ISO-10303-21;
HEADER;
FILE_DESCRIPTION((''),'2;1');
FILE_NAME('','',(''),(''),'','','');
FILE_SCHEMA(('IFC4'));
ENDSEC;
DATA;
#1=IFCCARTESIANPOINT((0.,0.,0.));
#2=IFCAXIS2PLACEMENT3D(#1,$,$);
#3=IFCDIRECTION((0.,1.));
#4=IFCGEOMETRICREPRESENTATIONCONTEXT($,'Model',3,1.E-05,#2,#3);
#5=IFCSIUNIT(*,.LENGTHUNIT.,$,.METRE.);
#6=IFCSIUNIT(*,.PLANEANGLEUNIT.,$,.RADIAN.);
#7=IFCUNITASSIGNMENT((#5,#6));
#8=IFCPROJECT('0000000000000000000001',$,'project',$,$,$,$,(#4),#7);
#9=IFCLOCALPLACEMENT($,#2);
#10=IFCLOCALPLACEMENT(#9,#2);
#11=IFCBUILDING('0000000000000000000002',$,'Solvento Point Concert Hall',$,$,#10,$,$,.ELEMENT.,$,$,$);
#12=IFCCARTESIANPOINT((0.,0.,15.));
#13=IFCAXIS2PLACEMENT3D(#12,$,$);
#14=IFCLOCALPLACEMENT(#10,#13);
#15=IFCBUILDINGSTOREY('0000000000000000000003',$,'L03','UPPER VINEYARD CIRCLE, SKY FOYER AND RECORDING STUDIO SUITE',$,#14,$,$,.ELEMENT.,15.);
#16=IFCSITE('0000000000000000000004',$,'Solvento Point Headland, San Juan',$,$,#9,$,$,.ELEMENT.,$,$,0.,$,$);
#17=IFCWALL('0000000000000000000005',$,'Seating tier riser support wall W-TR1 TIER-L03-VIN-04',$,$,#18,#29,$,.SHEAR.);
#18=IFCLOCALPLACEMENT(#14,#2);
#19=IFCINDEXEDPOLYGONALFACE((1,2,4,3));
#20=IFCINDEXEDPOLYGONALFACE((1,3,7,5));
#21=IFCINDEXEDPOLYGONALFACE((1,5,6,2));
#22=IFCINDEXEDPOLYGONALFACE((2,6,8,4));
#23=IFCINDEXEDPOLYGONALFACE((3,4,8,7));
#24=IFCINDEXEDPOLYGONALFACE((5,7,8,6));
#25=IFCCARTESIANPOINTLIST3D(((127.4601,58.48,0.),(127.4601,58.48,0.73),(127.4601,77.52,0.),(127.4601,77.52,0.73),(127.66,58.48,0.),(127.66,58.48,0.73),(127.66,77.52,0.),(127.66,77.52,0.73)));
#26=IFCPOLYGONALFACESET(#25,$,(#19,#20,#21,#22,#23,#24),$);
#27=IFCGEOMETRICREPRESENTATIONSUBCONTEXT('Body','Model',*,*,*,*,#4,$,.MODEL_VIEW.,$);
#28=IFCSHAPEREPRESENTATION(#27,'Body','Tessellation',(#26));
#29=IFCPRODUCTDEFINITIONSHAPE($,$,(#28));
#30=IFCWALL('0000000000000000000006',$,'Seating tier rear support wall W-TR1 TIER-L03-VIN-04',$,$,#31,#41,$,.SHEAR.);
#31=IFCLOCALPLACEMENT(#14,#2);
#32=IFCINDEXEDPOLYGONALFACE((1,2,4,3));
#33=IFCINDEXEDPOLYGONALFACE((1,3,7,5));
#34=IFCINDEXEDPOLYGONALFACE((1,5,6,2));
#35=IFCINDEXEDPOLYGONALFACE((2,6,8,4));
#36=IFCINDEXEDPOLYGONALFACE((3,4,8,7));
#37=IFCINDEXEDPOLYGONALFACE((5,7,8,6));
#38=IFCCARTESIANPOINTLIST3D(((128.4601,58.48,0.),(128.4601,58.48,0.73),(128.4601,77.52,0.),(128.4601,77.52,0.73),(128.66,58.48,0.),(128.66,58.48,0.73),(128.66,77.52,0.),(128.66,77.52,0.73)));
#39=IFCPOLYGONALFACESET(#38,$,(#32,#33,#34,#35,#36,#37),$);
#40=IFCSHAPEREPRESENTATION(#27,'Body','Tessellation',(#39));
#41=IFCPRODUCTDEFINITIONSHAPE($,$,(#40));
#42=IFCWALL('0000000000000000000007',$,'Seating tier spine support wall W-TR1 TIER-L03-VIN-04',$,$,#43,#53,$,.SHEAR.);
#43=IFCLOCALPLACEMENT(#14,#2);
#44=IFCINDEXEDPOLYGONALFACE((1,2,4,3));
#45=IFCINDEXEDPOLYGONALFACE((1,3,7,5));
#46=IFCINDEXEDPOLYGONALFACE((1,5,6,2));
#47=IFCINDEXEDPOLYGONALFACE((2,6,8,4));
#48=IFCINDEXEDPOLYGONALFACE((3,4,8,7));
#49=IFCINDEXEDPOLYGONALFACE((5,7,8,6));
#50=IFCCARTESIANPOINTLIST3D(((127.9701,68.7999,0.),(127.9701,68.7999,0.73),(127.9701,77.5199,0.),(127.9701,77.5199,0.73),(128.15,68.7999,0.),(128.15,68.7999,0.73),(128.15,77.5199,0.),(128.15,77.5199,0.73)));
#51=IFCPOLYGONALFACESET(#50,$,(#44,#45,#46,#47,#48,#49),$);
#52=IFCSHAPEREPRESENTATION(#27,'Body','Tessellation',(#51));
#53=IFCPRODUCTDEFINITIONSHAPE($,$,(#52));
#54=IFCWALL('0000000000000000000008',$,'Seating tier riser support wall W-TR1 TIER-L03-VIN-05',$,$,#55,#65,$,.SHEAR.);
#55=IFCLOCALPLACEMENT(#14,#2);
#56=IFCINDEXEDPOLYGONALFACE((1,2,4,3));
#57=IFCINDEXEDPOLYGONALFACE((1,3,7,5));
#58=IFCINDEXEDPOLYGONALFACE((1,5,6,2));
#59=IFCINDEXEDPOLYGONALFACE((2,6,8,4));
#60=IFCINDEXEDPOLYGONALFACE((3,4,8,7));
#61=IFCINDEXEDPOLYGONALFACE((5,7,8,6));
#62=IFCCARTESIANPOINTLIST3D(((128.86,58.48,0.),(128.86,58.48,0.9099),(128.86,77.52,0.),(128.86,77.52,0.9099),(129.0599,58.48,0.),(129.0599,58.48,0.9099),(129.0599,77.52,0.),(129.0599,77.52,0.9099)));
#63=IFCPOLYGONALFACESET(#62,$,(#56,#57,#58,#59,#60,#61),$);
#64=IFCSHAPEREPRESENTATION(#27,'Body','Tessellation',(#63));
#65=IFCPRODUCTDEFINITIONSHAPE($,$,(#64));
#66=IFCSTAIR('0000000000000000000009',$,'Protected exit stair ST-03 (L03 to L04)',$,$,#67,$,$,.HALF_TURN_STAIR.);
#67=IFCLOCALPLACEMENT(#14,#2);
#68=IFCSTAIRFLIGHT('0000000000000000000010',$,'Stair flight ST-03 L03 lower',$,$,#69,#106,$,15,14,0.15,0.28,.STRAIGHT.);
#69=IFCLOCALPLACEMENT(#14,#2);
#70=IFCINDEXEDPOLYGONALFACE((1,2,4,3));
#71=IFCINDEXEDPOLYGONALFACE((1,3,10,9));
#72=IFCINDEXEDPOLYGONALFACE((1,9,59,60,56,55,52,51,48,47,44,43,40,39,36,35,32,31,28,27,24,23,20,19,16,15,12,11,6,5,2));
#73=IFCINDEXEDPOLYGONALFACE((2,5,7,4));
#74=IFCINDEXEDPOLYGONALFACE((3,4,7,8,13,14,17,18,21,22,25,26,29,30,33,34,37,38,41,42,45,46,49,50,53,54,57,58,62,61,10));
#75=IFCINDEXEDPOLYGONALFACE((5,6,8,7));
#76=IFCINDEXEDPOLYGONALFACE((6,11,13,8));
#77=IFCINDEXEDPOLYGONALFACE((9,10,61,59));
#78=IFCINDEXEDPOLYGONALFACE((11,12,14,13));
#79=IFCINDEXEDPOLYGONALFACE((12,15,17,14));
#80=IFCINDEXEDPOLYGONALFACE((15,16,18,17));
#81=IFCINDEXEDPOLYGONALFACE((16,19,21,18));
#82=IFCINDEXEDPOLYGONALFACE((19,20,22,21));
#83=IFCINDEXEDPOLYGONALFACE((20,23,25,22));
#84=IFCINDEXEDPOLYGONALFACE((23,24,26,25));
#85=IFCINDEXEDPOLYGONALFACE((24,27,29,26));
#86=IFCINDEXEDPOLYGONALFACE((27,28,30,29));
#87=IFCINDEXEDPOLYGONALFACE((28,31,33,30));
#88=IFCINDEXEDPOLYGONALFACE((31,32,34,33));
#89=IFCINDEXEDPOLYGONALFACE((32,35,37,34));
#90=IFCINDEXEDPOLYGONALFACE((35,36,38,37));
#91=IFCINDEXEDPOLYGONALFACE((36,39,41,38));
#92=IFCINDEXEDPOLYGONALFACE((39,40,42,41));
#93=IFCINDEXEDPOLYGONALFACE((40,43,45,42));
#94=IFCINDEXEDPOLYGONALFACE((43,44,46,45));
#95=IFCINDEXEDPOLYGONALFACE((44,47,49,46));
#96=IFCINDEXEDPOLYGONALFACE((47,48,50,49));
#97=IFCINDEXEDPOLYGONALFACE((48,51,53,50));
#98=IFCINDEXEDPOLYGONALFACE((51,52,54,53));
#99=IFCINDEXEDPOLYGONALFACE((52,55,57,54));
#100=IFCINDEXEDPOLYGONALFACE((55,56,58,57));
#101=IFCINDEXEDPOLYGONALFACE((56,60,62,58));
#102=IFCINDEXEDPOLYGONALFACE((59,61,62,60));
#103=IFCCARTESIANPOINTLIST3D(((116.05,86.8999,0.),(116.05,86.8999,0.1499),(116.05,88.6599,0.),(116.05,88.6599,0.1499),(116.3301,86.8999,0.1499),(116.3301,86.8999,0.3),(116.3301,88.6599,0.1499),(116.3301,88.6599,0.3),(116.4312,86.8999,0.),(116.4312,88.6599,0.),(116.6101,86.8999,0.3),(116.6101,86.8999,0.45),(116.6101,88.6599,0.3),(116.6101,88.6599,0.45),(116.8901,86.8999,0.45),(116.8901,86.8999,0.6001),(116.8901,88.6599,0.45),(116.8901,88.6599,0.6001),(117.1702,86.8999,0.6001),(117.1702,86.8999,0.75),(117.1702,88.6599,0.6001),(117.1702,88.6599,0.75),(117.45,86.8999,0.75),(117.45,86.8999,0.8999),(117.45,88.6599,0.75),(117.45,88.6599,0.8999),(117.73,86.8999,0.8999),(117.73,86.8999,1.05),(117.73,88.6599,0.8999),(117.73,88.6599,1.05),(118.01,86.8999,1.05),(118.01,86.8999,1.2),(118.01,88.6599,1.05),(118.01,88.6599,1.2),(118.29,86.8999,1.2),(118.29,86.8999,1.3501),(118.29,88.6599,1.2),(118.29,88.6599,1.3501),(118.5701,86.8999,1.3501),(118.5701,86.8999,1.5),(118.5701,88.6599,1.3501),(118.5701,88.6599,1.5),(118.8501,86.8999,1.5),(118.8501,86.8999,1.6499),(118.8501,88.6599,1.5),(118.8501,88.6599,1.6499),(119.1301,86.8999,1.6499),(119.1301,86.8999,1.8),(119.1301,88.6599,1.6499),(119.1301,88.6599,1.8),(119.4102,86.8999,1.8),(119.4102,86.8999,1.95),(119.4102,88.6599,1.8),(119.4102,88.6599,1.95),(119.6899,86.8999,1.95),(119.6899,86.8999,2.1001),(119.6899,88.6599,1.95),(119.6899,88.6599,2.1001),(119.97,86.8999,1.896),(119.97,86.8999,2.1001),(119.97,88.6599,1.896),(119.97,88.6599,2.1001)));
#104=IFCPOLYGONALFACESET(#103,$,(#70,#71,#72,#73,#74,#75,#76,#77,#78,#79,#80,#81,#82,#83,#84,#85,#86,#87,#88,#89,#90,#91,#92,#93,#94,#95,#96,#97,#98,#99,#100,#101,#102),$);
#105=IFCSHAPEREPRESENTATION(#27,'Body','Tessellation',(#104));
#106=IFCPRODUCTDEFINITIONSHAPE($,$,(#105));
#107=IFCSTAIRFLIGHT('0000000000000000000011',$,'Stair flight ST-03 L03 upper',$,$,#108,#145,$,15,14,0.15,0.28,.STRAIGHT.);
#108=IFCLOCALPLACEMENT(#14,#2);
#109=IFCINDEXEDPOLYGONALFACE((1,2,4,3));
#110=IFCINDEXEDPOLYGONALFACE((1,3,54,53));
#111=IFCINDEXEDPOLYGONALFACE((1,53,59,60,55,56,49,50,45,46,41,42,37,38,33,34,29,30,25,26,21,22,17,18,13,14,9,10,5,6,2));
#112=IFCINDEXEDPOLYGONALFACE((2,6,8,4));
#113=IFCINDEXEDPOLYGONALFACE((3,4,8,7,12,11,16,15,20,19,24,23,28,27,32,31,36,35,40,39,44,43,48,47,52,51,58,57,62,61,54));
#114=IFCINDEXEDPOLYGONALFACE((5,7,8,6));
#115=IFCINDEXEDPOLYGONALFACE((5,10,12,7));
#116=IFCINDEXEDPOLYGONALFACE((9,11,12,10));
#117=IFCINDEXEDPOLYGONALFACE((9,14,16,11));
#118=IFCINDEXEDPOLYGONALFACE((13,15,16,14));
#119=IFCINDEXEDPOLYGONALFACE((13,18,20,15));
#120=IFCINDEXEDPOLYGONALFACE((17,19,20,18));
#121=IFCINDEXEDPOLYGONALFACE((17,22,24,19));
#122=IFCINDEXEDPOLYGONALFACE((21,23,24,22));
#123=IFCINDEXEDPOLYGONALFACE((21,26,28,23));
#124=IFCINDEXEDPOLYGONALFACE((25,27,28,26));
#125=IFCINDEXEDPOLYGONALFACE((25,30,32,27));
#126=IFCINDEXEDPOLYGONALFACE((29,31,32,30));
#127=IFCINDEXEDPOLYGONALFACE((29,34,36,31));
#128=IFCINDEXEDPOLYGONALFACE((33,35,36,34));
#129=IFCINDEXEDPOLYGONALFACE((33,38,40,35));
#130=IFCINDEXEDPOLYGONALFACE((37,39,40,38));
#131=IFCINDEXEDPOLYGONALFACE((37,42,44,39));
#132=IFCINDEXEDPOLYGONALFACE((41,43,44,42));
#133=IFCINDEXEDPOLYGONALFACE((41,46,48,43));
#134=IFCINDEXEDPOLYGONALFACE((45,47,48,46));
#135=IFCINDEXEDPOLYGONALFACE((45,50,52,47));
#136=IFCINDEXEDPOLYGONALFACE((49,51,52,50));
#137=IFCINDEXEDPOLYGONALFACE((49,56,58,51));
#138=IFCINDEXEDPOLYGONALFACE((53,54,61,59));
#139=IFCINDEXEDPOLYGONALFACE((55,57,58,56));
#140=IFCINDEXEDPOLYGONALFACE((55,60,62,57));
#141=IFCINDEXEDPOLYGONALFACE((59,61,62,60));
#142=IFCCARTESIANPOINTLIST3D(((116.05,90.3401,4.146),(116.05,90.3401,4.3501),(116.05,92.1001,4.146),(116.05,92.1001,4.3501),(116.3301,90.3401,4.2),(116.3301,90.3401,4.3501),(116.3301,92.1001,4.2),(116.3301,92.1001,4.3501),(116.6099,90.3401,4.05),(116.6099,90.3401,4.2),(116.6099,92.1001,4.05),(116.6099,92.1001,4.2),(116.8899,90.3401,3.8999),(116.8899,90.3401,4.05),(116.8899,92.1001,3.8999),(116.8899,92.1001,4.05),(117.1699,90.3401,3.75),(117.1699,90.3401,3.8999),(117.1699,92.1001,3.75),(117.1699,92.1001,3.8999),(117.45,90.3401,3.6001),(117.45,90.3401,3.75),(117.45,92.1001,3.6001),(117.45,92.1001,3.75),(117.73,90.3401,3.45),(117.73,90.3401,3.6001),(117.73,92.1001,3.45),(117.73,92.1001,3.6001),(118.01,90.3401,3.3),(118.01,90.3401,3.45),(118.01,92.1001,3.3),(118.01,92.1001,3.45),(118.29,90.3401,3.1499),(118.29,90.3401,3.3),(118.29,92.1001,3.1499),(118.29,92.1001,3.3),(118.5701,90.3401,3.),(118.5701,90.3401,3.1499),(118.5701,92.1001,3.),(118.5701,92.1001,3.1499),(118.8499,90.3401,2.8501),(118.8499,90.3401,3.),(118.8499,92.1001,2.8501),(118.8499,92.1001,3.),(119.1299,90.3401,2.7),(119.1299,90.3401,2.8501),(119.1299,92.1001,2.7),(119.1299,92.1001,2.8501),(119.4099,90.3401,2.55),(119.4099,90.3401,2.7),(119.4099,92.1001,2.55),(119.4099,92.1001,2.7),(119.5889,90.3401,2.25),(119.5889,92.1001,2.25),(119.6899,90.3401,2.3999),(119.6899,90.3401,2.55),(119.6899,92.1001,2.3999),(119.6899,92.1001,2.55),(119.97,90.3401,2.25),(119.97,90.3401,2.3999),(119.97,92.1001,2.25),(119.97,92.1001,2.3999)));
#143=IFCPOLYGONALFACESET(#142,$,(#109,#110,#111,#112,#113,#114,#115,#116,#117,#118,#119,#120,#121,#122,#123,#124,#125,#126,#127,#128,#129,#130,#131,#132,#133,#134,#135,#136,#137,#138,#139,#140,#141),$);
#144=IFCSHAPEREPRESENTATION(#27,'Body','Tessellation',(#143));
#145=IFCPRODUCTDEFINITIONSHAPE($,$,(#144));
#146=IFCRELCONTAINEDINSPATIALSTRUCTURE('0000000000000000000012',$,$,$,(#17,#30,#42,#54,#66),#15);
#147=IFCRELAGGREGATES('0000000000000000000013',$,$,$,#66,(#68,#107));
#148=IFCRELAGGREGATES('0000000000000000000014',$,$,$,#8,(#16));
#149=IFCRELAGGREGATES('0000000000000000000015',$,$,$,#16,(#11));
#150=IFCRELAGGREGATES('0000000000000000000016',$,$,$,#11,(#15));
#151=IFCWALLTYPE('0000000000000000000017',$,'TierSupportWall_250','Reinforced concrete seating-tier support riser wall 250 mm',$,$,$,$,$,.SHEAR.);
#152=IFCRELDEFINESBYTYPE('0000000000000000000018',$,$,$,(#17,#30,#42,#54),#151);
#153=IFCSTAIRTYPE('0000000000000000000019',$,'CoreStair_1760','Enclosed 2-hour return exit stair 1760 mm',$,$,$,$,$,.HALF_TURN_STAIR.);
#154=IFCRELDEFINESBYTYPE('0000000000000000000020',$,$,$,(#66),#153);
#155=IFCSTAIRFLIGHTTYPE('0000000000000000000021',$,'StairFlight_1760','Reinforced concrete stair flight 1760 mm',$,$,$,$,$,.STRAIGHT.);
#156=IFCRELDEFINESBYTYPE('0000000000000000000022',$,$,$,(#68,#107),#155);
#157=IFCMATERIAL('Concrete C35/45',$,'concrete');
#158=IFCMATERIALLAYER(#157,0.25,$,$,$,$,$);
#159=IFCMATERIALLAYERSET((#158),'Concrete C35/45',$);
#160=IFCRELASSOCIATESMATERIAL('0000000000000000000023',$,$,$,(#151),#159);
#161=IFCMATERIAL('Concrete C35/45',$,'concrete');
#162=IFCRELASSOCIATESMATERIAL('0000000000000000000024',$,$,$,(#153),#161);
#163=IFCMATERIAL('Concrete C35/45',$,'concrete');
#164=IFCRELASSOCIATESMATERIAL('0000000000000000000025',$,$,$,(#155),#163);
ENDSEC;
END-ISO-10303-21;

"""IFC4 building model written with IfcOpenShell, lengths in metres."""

from ifc_helpers import new_model, si_unit, direction, frame, frame_2d, origin, place, context, subcontext, project, spatial, polyline, rectangle, outline, extrude, material, layer, layer_set, type_object, element, aggregate, save


model = new_model("IFC4")

# Units and contexts
model_context = context("Model", 3, precision=1e-05, world=origin(), true_north=direction((0.0, 1.0)))
body_context = subcontext(model_context, "Body", "Model", "MODEL_VIEW")
ifc_project = project(units=[si_unit("LENGTHUNIT", "METRE"), si_unit("PLANEANGLEUNIT", "RADIAN")], contexts=[model_context])

# Site, building, storey
site_placement = place(None, origin())
site = spatial("IfcSite", under=ifc_project, at=site_placement, Name="Solvento Point Headland, San Juan", CompositionType="ELEMENT", RefElevation=0.0)
building_placement = place(site_placement, origin())
building = spatial("IfcBuilding", under=site, at=building_placement, Name="Solvento Point Concert Hall", CompositionType="ELEMENT")
storey_placement = place(building_placement, frame((0.0, 0.0, 15.0)))
storey = spatial("IfcBuildingStorey", under=building, at=storey_placement, Name="L03", Description="UPPER VINEYARD CIRCLE, SKY FOYER AND RECORDING STUDIO SUITE", CompositionType="ELEMENT", Elevation=15.0)

# Walls
ifc_material_1 = material(Name="Concrete C35/45", Category="concrete")
ifc_layer_1 = layer(ifc_material_1, 0.25)
ifc_layer_set_1 = layer_set([ifc_layer_1], Name="Concrete C35/45")
wall_type_1 = type_object("IfcWallType", Name="TierSupportWall_250", Description="Reinforced concrete seating-tier support riser wall 250 mm", PredefinedType="SHEAR", material=ifc_layer_set_1)
for number, where, z_axis, x_axis, name in (
    (1, (127.5601, 58.48, 0.0), (0.0, 0.0, 1.0), (0.0, 1.0, 0.0), "Seating tier riser support wall W-TR1 TIER-L03-VIN-04"),
    (2, (128.5601, 58.48, 0.0), (0.0, 0.0, 1.0), (0.0, 1.0, 0.0), "Seating tier rear support wall W-TR1 TIER-L03-VIN-04"),
):
    element("IfcWall", number, at=place(storey_placement, frame(where, z_axis=z_axis, x_axis=x_axis)), inside=storey, type_object=wall_type_1, Name=name, PredefinedType="SHEAR", context=body_context, shape_type="SweptSolid", body=[
        extrude(rectangle(XDim=19.04, YDim=0.2, at=frame_2d((9.52, 0.0))), origin(), (0.0, 0.0, 1.0), 0.73),
    ])
wall_1_placement = place(storey_placement, frame((128.0601, 68.8, 0.0), z_axis=(0.0, 0.0, 1.0), x_axis=(0.0, 1.0, 0.0)))
element("IfcWall", 3, at=wall_1_placement, inside=storey, type_object=wall_type_1, Name="Seating tier spine support wall W-TR1 TIER-L03-VIN-04", PredefinedType="SHEAR", context=body_context, shape_type="SweptSolid", body=[
    extrude(rectangle(XDim=8.72, YDim=0.1799, at=frame_2d((4.3599, 0.0))), origin(), (0.0, 0.0, 1.0), 0.73),
])
wall_2_placement = place(storey_placement, frame((128.96, 58.48, 0.0), z_axis=(0.0, 0.0, 1.0), x_axis=(0.0, 1.0, 0.0)))
element("IfcWall", 4, at=wall_2_placement, inside=storey, type_object=wall_type_1, Name="Seating tier riser support wall W-TR1 TIER-L03-VIN-05", PredefinedType="SHEAR", context=body_context, shape_type="SweptSolid", body=[
    extrude(rectangle(XDim=19.04, YDim=0.2, at=frame_2d((9.52, 0.0))), origin(), (0.0, 0.0, 1.0), 0.9099),
])

# Stair, stair flights
ifc_material_2 = material(Name="Concrete C35/45", Category="concrete")
stair_type = type_object("IfcStairType", Name="CoreStair_1760", Description="Enclosed 2-hour return exit stair 1760 mm", PredefinedType="HALF_TURN_STAIR", material=ifc_material_2)
stair_placement = place(storey_placement, origin())
stair = element("IfcStair", 5, at=stair_placement, inside=storey, type_object=stair_type, Name="Protected exit stair ST-03 (L03 to L04)", PredefinedType="HALF_TURN_STAIR")
ifc_material_3 = material(Name="Concrete C35/45", Category="concrete")
stair_flight_type = type_object("IfcStairFlightType", Name="StairFlight_1760", Description="Reinforced concrete stair flight 1760 mm", PredefinedType="STRAIGHT", material=ifc_material_3)
stair_flight_1_placement = place(storey_placement, frame((116.05, 87.78, 0.0), z_axis=(0.0, 0.0, 1.0), x_axis=(1.0, 0.0, 0.0)))
stair_flight_1 = element("IfcStairFlight", 6, at=stair_flight_1_placement, type_object=stair_flight_type, Name="Stair flight ST-03 L03 lower", NumberOfRisers=15, NumberOfTreads=14, PredefinedType="STRAIGHT", RiserHeight=0.15, TreadLength=0.28, context=body_context, shape_type="SweptSolid", body=[
    extrude(outline(polyline([(0.0, 0.0), (0.0, 0.1499), (0.28, 0.1499), (0.28, 0.3), (0.5601, 0.3), (0.5601, 0.45), (0.8401, 0.45), (0.8401, 0.6001), (1.1201, 0.6001), (1.1201, 0.75), (1.3999, 0.75), (1.3999, 0.8999), (1.6799, 0.8999), (1.6799, 1.05), (1.96, 1.05), (1.96, 1.2), (2.24, 1.2), (2.24, 1.3501), (2.52, 1.3501), (2.52, 1.5), (2.8, 1.5), (2.8, 1.6499), (3.0801, 1.6499), (3.0801, 1.8), (3.3601, 1.8), (3.3601, 1.95), (3.6399, 1.95), (3.6399, 2.1001), (3.9199, 2.1001), (3.9199, 2.25), (3.9199, 1.896), (0.3811, 0.0), (0.0, 0.0)])), frame((0.0, 0.8799, 0.0), z_axis=(0.0, -1.0, 0.0), x_axis=(1.0, 0.0, 0.0)), (0.0, 0.0, 1.0), 1.76),
])
stair_flight_2_placement = place(storey_placement, frame((119.97, 91.22, 2.25), z_axis=(0.0, 0.0, 1.0), x_axis=(-1.0, 0.0, 0.0)))
stair_flight_2 = element("IfcStairFlight", 7, at=stair_flight_2_placement, type_object=stair_flight_type, Name="Stair flight ST-03 L03 upper", NumberOfRisers=15, NumberOfTreads=14, PredefinedType="STRAIGHT", RiserHeight=0.15, TreadLength=0.28, context=body_context, shape_type="SweptSolid", body=[
    extrude(outline(polyline([(0.0, 0.0), (0.0, 0.1499), (0.28, 0.1499), (0.28, 0.3), (0.5601, 0.3), (0.5601, 0.45), (0.8401, 0.45), (0.8401, 0.6001), (1.1201, 0.6001), (1.1201, 0.75), (1.3999, 0.75), (1.3999, 0.8999), (1.6799, 0.8999), (1.6799, 1.05), (1.96, 1.05), (1.96, 1.2), (2.24, 1.2), (2.24, 1.3501), (2.52, 1.3501), (2.52, 1.5), (2.8, 1.5), (2.8, 1.6499), (3.0801, 1.6499), (3.0801, 1.8), (3.3601, 1.8), (3.3601, 1.95), (3.6399, 1.95), (3.6399, 2.1001), (3.9199, 2.1001), (3.9199, 2.25), (3.9199, 1.896), (0.3811, 0.0), (0.0, 0.0)])), frame((0.0, 0.8799, 0.0), z_axis=(0.0, -1.0, 0.0), x_axis=(1.0, 0.0, 0.0)), (0.0, 0.0, 1.0), 1.76),
])
aggregate(stair, [stair_flight_1, stair_flight_2])

save(model, "model.ifc")
